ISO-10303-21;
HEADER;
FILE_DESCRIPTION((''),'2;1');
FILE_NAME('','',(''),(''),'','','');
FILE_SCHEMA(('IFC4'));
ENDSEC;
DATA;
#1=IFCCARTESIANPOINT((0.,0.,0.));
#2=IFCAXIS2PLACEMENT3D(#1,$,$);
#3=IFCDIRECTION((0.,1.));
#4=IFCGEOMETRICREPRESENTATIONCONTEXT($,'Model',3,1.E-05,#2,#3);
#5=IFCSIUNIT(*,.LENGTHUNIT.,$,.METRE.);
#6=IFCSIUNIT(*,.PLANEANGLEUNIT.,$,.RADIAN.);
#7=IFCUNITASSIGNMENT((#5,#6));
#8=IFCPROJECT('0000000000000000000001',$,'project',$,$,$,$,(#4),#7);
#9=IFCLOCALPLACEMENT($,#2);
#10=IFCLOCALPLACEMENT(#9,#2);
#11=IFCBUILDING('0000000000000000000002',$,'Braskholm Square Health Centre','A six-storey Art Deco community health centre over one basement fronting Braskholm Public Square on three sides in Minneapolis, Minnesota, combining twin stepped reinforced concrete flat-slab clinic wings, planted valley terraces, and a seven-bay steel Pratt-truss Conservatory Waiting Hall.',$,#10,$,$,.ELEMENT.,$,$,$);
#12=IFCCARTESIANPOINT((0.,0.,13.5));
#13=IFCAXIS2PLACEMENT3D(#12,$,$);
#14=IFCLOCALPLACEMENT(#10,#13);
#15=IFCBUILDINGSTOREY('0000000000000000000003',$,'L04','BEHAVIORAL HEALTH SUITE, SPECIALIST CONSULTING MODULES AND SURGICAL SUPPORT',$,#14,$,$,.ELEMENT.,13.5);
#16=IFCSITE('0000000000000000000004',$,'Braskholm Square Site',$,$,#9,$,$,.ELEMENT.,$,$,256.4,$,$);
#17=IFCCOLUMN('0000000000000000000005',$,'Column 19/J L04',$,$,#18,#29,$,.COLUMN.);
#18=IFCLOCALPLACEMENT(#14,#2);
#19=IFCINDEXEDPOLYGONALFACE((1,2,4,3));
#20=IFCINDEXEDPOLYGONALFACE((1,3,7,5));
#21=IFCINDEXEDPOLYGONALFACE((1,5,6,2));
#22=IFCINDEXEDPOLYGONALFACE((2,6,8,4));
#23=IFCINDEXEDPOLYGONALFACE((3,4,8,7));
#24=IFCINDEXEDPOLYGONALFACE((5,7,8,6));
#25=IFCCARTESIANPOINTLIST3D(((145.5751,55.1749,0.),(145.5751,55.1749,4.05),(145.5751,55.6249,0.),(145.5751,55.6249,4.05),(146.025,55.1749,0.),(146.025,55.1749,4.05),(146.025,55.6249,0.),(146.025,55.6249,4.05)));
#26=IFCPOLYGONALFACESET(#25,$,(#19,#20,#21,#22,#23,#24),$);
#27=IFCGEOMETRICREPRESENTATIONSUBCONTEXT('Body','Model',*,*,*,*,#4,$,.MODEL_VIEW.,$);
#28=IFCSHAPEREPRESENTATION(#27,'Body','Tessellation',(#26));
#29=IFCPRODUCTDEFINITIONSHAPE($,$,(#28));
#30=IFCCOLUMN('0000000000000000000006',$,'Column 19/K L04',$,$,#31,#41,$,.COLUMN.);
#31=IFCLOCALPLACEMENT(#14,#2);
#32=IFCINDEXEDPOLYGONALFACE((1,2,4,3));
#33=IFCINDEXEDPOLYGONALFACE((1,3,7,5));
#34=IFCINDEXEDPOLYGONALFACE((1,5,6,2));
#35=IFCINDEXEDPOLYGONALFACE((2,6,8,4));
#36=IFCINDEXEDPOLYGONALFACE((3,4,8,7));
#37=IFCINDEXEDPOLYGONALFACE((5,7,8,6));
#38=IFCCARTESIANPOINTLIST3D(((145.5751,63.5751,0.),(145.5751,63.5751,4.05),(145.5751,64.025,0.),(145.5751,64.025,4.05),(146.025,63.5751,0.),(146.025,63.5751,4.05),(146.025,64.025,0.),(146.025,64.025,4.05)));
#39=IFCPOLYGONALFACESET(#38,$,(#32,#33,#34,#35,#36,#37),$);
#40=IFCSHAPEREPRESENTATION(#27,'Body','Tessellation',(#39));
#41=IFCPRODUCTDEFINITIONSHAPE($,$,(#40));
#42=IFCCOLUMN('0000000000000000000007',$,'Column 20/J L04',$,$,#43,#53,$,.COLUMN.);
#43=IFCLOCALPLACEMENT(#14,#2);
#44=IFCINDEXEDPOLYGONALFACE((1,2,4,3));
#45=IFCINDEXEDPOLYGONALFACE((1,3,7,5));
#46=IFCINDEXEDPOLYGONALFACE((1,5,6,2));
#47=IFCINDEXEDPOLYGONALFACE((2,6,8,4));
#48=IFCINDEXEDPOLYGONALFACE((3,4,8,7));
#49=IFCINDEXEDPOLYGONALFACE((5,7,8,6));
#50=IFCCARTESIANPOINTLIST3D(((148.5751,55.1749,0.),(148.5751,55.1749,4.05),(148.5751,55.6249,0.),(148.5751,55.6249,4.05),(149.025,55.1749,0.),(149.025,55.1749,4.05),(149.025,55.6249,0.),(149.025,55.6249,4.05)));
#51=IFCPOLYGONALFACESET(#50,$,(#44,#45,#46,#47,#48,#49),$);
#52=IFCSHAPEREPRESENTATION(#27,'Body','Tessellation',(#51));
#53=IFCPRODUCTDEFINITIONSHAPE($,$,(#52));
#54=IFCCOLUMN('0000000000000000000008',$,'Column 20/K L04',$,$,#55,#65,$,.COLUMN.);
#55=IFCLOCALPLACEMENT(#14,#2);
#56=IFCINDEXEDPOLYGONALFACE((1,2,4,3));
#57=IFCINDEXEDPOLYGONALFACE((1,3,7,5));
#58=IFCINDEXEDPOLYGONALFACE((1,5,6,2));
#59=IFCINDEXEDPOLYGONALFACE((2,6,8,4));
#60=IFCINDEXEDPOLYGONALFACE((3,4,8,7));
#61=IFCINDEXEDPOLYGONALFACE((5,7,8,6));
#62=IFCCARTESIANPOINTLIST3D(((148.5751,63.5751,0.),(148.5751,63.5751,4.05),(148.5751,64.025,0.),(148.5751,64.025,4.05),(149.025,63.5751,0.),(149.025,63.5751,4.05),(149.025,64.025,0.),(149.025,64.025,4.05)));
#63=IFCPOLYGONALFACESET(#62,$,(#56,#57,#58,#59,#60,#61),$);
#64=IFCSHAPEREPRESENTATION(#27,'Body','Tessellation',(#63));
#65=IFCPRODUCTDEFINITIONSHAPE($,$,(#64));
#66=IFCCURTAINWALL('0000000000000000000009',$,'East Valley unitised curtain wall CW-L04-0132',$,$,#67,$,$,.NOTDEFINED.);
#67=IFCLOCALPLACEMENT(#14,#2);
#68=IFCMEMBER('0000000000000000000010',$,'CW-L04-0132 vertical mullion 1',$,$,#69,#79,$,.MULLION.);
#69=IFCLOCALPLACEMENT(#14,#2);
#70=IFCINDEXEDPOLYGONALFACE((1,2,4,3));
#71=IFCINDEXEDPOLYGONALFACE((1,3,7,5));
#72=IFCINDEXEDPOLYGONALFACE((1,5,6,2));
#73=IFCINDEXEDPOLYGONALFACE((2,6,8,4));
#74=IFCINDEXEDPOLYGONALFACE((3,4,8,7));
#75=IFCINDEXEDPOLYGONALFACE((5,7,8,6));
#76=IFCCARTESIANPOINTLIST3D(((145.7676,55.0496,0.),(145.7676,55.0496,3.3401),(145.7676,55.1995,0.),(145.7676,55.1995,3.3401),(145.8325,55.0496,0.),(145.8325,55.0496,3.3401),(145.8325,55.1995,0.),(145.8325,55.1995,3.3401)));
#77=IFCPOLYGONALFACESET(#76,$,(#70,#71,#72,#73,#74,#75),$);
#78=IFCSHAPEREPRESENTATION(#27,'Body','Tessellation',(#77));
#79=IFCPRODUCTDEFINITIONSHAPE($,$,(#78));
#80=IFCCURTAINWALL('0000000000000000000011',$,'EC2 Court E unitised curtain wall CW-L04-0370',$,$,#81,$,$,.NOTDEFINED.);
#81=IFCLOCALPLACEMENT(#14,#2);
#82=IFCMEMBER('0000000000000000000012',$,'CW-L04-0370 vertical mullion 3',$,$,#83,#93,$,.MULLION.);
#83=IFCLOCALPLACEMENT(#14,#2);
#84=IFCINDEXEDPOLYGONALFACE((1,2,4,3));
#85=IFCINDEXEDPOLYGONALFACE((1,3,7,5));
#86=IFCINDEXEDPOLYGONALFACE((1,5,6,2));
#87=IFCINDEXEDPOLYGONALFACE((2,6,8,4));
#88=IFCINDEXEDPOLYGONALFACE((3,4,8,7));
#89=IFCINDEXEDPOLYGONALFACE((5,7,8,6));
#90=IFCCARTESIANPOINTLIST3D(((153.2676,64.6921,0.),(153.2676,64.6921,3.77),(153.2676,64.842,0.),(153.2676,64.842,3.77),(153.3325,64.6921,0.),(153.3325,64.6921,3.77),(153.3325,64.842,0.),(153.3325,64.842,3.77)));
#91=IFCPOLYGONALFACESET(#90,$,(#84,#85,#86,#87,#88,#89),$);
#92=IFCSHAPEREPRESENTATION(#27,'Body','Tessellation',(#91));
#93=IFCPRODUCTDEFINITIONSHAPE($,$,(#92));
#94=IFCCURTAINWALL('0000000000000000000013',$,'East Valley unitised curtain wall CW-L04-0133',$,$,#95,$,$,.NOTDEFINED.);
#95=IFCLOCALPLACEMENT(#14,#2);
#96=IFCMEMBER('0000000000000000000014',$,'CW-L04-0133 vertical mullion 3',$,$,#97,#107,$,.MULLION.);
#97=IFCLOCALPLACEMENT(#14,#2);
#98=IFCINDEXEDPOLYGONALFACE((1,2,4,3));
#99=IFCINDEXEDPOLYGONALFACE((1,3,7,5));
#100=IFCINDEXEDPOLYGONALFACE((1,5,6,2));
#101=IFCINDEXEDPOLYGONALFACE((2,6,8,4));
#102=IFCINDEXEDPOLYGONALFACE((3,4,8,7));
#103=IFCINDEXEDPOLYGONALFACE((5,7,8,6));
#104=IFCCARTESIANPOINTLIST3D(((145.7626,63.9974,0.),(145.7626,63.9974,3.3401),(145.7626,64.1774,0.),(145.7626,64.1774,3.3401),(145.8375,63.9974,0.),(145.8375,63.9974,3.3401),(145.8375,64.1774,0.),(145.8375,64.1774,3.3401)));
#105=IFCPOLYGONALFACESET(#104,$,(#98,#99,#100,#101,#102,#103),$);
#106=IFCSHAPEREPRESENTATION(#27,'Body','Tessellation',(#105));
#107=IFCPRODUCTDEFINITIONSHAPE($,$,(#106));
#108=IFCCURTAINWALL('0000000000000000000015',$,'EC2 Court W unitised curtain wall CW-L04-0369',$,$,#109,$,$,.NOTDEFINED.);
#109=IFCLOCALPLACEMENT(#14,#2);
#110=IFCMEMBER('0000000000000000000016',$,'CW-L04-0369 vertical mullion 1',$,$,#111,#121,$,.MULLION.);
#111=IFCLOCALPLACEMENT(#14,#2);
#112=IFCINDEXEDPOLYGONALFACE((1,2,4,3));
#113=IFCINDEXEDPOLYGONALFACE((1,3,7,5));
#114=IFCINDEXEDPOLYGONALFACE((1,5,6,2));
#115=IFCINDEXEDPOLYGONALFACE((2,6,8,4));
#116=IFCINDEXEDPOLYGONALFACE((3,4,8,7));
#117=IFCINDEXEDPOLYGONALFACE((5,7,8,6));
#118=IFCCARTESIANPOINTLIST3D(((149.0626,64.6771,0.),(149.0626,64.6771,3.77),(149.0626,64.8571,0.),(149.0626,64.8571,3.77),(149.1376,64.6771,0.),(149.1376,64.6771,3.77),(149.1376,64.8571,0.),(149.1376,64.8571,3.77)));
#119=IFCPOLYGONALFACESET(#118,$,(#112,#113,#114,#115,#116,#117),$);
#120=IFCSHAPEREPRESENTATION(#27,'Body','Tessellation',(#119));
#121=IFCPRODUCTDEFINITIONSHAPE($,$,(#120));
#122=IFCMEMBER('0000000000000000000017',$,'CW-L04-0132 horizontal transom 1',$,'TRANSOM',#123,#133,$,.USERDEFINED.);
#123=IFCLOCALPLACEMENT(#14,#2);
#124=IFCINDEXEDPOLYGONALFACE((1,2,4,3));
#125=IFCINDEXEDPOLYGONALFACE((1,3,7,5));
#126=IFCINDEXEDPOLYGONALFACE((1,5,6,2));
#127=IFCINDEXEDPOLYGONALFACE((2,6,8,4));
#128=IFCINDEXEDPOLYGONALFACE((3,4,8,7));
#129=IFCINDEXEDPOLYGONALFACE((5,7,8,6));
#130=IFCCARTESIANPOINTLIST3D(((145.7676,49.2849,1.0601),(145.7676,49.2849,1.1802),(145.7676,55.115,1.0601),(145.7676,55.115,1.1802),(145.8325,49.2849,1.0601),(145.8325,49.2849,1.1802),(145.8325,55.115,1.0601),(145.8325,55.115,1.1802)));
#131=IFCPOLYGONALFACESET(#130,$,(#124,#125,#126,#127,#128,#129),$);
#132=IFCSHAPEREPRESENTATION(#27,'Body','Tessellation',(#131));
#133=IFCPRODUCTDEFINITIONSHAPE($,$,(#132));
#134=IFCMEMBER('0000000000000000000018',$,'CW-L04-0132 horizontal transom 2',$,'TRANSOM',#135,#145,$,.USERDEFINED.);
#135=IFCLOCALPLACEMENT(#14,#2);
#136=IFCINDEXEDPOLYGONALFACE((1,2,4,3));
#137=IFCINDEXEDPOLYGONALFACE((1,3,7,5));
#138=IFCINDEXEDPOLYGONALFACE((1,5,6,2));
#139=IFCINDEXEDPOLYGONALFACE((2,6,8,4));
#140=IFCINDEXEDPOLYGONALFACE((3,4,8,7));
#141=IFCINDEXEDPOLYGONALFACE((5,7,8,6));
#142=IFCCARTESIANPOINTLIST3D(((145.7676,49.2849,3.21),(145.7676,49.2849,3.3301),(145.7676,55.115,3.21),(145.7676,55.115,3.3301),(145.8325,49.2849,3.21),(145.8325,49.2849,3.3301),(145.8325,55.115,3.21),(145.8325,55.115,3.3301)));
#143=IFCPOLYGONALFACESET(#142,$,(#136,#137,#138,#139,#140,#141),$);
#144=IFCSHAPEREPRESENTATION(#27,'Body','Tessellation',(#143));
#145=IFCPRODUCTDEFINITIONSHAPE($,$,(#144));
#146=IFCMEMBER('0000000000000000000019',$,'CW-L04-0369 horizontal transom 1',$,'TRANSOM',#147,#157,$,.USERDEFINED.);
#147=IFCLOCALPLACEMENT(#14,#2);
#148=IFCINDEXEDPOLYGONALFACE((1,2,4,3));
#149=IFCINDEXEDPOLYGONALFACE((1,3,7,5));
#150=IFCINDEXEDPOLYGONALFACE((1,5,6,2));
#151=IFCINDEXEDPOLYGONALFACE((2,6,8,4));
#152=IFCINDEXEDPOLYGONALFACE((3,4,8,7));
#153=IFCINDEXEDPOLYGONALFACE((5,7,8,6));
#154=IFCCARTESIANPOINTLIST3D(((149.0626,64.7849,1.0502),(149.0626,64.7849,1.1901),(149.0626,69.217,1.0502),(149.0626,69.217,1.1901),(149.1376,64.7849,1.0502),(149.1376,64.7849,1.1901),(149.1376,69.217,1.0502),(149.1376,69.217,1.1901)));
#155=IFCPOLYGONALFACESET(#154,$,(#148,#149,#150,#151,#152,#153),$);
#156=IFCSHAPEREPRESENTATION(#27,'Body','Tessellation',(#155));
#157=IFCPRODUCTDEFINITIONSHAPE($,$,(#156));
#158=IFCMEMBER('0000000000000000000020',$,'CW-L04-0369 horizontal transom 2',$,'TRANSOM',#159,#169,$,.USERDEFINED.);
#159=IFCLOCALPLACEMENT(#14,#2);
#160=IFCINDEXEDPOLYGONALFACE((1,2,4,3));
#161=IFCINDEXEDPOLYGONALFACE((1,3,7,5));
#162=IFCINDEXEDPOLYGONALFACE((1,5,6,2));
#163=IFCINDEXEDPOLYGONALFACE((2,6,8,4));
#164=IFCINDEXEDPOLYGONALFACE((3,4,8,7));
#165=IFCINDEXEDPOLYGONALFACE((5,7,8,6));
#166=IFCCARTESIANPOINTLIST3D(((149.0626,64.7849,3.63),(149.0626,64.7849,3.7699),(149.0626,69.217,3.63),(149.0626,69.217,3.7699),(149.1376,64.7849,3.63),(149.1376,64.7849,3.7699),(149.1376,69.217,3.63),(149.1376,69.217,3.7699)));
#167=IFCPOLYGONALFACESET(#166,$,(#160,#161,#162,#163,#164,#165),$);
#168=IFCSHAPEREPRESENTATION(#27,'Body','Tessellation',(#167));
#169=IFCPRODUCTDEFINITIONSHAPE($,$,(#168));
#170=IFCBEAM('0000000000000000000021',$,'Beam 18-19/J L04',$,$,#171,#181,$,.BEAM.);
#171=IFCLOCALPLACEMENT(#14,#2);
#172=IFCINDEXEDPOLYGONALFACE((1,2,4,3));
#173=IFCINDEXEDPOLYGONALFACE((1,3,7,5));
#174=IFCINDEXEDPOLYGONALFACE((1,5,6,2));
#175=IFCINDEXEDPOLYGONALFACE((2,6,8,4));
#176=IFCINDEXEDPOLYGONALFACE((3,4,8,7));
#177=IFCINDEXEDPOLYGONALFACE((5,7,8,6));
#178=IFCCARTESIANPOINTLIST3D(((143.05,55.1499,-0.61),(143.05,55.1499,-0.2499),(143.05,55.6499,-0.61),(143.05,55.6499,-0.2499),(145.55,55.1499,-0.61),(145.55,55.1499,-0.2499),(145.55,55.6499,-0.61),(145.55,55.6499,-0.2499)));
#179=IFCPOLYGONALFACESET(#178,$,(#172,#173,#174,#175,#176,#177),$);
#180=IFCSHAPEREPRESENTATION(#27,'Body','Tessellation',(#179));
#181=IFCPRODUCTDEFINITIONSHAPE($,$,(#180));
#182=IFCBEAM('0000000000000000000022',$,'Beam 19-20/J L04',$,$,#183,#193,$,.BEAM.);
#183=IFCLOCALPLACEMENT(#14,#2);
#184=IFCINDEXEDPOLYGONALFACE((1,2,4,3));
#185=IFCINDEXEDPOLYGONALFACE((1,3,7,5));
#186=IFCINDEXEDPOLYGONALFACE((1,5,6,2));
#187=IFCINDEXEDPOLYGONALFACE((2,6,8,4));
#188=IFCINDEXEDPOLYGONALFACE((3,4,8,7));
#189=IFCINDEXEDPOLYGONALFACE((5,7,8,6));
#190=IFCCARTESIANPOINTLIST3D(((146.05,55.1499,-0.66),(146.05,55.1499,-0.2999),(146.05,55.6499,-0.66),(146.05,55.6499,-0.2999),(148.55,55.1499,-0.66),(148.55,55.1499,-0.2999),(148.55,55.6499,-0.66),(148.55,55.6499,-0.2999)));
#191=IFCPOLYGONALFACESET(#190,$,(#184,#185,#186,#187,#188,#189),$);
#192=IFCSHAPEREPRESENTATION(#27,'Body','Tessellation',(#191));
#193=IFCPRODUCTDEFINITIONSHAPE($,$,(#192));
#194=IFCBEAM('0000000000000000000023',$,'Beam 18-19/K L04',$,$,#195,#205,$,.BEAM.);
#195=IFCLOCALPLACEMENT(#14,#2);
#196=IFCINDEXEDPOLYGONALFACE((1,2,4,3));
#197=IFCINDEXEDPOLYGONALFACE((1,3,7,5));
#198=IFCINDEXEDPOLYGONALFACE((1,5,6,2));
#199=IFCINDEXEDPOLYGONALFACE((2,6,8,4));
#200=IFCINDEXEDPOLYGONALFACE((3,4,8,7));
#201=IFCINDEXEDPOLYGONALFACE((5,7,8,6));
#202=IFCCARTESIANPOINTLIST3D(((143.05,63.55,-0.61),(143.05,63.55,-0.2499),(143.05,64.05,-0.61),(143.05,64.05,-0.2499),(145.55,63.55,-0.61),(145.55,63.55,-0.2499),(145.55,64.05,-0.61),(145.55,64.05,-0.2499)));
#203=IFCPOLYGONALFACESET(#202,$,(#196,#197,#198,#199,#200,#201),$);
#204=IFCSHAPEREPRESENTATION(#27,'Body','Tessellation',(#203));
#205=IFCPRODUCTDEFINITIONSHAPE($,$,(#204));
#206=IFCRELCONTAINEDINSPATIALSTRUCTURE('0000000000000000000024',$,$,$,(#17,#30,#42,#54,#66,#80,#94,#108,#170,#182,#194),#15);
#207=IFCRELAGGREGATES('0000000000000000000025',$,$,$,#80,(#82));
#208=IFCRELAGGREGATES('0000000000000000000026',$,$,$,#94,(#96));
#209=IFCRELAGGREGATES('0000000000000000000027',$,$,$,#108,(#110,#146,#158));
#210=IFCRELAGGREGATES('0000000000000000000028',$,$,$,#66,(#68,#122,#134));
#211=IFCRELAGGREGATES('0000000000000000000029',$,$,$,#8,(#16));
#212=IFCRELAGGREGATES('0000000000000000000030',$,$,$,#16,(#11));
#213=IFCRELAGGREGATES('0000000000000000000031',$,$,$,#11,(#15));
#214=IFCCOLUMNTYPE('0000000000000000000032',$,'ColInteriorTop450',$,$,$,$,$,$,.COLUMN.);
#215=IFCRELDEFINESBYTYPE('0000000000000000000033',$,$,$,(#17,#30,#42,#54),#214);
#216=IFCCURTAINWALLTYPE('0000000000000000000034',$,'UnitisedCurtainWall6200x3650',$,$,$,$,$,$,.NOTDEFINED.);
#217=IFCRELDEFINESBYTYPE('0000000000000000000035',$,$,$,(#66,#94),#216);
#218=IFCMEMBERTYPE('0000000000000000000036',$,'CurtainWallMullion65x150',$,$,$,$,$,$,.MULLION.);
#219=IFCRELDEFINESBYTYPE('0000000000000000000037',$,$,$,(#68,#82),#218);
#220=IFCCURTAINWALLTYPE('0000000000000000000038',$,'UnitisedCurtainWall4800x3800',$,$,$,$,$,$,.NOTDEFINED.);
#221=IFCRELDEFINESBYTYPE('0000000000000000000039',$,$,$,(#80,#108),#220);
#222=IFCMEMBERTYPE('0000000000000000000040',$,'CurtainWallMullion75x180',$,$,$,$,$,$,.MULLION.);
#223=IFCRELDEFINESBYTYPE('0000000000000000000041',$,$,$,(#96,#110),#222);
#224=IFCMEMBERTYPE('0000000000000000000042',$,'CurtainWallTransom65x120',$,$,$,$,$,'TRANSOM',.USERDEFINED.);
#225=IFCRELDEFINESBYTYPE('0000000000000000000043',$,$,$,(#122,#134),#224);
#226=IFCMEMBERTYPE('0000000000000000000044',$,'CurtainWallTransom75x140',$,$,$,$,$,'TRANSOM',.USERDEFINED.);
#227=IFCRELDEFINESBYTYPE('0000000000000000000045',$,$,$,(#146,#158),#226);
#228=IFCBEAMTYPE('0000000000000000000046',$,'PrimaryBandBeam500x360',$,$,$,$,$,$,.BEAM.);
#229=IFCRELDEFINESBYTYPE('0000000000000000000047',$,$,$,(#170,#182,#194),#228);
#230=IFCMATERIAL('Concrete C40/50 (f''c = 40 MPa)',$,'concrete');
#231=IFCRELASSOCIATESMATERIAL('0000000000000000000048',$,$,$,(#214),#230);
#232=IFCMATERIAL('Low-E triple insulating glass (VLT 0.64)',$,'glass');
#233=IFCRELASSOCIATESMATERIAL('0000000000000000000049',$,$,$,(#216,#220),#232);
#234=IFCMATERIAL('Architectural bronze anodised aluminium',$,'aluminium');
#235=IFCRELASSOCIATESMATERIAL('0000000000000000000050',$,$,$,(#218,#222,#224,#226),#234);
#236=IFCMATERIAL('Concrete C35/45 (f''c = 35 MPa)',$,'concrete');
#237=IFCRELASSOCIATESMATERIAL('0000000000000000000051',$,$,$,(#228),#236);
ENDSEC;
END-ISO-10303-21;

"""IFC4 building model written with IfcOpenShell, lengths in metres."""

from ifc_helpers import new_model, si_unit, direction, frame, origin, origin_2d, place, context, subcontext, project, spatial, rectangle, extrude, material, material_profile, profile_set, type_object, element, aggregate, save


model = new_model("IFC4")

# Units and contexts
model_context = context("Model", 3, precision=1e-05, world=origin(), true_north=direction((0.0, 1.0)))
body_context = subcontext(model_context, "Body", "Model", "MODEL_VIEW")
ifc_project = project(units=[si_unit("LENGTHUNIT", "METRE"), si_unit("PLANEANGLEUNIT", "RADIAN")], contexts=[model_context])

# Site, building, storey
site_placement = place(None, origin())
site = spatial("IfcSite", under=ifc_project, at=site_placement, Name="Braskholm Square Site", CompositionType="ELEMENT", RefElevation=256.4)
building_placement = place(site_placement, origin())
building = spatial("IfcBuilding", under=site, at=building_placement, Name="Braskholm Square Health Centre", Description="A six-storey Art Deco community health centre over one basement fronting Braskholm Public Square on three sides in Minneapolis, Minnesota, combining twin stepped reinforced concrete flat-slab clinic wings, planted valley terraces, and a seven-bay steel Pratt-truss Conservatory Waiting Hall.", CompositionType="ELEMENT")
storey_placement = place(building_placement, frame((0.0, 0.0, 13.5)))
storey = spatial("IfcBuildingStorey", under=building, at=storey_placement, Name="L04", Description="BEHAVIORAL HEALTH SUITE, SPECIALIST CONSULTING MODULES AND SURGICAL SUPPORT", CompositionType="ELEMENT", Elevation=13.5)

# Columns
ifc_material_1 = material(Name="Concrete C40/50 (f'c = 40 MPa)", Category="concrete")
ifc_material_profile_1 = material_profile(ifc_material_1, rectangle(XDim=0.45, YDim=0.45, at=origin_2d()), Name="RC-450X450")
ifc_profile_set_1 = profile_set([ifc_material_profile_1], Name="Concrete C40/50 (f'c = 40 MPa)")
column_type = type_object("IfcColumnType", Name="ColInteriorTop450", PredefinedType="COLUMN", material=ifc_profile_set_1)
for number, where, z_axis, x_axis, name in (
    (1, (145.8, 55.3999, 0.0), (0.0, 0.0, 1.0), (1.0, 0.0, 0.0), "Column 19/J L04"),
    (2, (145.8, 63.8, 0.0), (0.0, 0.0, 1.0), (1.0, 0.0, 0.0), "Column 19/K L04"),
    (3, (148.8, 55.3999, 0.0), (0.0, 0.0, 1.0), (1.0, 0.0, 0.0), "Column 20/J L04"),
    (4, (148.8, 63.8, 0.0), (0.0, 0.0, 1.0), (1.0, 0.0, 0.0), "Column 20/K L04"),
):
    element("IfcColumn", number, at=place(storey_placement, frame(where, z_axis=z_axis, x_axis=x_axis)), inside=storey, type_object=column_type, Name=name, PredefinedType="COLUMN", context=body_context, shape_type="SweptSolid", body=[
        extrude(rectangle(XDim=0.45, YDim=0.45, at=origin_2d()), origin(), (0.0, 0.0, 1.0), 4.05),
    ])

# Curtain walls, members
ifc_material_2 = material(Name="Low-E triple insulating glass (VLT 0.64)", Category="glass")
curtain_wall_type_1 = type_object("IfcCurtainWallType", Name="UnitisedCurtainWall6200x3650", PredefinedType="NOTDEFINED", material=ifc_material_2)
curtain_wall_1_placement = place(storey_placement, origin())
curtain_wall_1 = element("IfcCurtainWall", 5, at=curtain_wall_1_placement, inside=storey, type_object=curtain_wall_type_1, Name="East Valley unitised curtain wall CW-L04-0132", PredefinedType="NOTDEFINED")
ifc_material_3 = material(Name="Architectural bronze anodised aluminium", Category="aluminium")
ifc_material_profile_2 = material_profile(ifc_material_3, rectangle(XDim=0.0649, YDim=0.1499, at=origin_2d()), Name="ALU-65X150")
ifc_profile_set_2 = profile_set([ifc_material_profile_2], Name="Architectural bronze anodised aluminium")
member_type_1 = type_object("IfcMemberType", Name="CurtainWallMullion65x150", PredefinedType="MULLION", material=ifc_profile_set_2)
member_1_placement = place(storey_placement, frame((145.8, 55.1245, 0.0), z_axis=(0.0, 0.0, 1.0), x_axis=(1.0, 0.0, 0.0)))
member_1 = element("IfcMember", 6, at=member_1_placement, type_object=member_type_1, Name="CW-L04-0132 vertical mullion 1", PredefinedType="MULLION", context=body_context, shape_type="SweptSolid", body=[
    extrude(rectangle(XDim=0.0649, YDim=0.1499, at=origin_2d()), origin(), (0.0, 0.0, 1.0), 3.3401),
])
curtain_wall_type_2 = type_object("IfcCurtainWallType", Name="UnitisedCurtainWall4800x3800", PredefinedType="NOTDEFINED", material=ifc_material_2)
curtain_wall_2_placement = place(storey_placement, origin())
curtain_wall_2 = element("IfcCurtainWall", 7, at=curtain_wall_2_placement, inside=storey, type_object=curtain_wall_type_2, Name="EC2 Court E unitised curtain wall CW-L04-0370", PredefinedType="NOTDEFINED")
member_2_placement = place(storey_placement, frame((153.3, 64.7671, 0.0), z_axis=(0.0, 0.0, 1.0), x_axis=(1.0, 0.0, 0.0)))
member_2 = element("IfcMember", 8, at=member_2_placement, type_object=member_type_1, Name="CW-L04-0370 vertical mullion 3", PredefinedType="MULLION", context=body_context, shape_type="SweptSolid", body=[
    extrude(rectangle(XDim=0.0649, YDim=0.1499, at=origin_2d()), origin(), (0.0, 0.0, 1.0), 3.77),
])
aggregate(curtain_wall_2, [member_2])
curtain_wall_3_placement = place(storey_placement, origin())
curtain_wall_3 = element("IfcCurtainWall", 9, at=curtain_wall_3_placement, inside=storey, type_object=curtain_wall_type_1, Name="East Valley unitised curtain wall CW-L04-0133", PredefinedType="NOTDEFINED")
ifc_material_profile_3 = material_profile(ifc_material_3, rectangle(XDim=0.075, YDim=0.1799, at=origin_2d()), Name="ALU-75X180")
ifc_profile_set_3 = profile_set([ifc_material_profile_3], Name="Architectural bronze anodised aluminium")
member_type_2 = type_object("IfcMemberType", Name="CurtainWallMullion75x180", PredefinedType="MULLION", material=ifc_profile_set_3)
member_3_placement = place(storey_placement, frame((145.8, 64.0874, 0.0), z_axis=(0.0, 0.0, 1.0), x_axis=(1.0, 0.0, 0.0)))
member_3 = element("IfcMember", 10, at=member_3_placement, type_object=member_type_2, Name="CW-L04-0133 vertical mullion 3", PredefinedType="MULLION", context=body_context, shape_type="SweptSolid", body=[
    extrude(rectangle(XDim=0.075, YDim=0.1799, at=origin_2d()), origin(), (0.0, 0.0, 1.0), 3.3401),
])
aggregate(curtain_wall_3, [member_3])
curtain_wall_4_placement = place(storey_placement, origin())
curtain_wall_4 = element("IfcCurtainWall", 11, at=curtain_wall_4_placement, inside=storey, type_object=curtain_wall_type_2, Name="EC2 Court W unitised curtain wall CW-L04-0369", PredefinedType="NOTDEFINED")
member_4_placement = place(storey_placement, frame((149.1001, 64.7671, 0.0), z_axis=(0.0, 0.0, 1.0), x_axis=(1.0, 0.0, 0.0)))
member_4 = element("IfcMember", 12, at=member_4_placement, type_object=member_type_2, Name="CW-L04-0369 vertical mullion 1", PredefinedType="MULLION", context=body_context, shape_type="SweptSolid", body=[
    extrude(rectangle(XDim=0.075, YDim=0.1799, at=origin_2d()), origin(), (0.0, 0.0, 1.0), 3.77),
])

# Members
ifc_material_profile_4 = material_profile(ifc_material_3, rectangle(XDim=0.0649, YDim=0.1201, at=origin_2d()), Name="ALU-65X120")
ifc_profile_set_4 = profile_set([ifc_material_profile_4], Name="Architectural bronze anodised aluminium")
member_type_3 = type_object("IfcMemberType", Name="CurtainWallTransom65x120", ElementType="TRANSOM", PredefinedType="USERDEFINED", material=ifc_profile_set_4)
member_5_placement = place(storey_placement, frame((145.8, 55.115, 1.1201), z_axis=(0.0, -1.0, 0.0), x_axis=(1.0, 0.0, 0.0)))
member_5 = element("IfcMember", 13, at=member_5_placement, type_object=member_type_3, Name="CW-L04-0132 horizontal transom 1", ObjectType="TRANSOM", PredefinedType="USERDEFINED", context=body_context, shape_type="SweptSolid", body=[
    extrude(rectangle(XDim=0.0649, YDim=0.1201, at=origin_2d()), origin(), (0.0, 0.0, 1.0), 5.8301),
])
member_6_placement = place(storey_placement, frame((145.8, 55.115, 3.27), z_axis=(0.0, -1.0, 0.0), x_axis=(1.0, 0.0, 0.0)))
member_6 = element("IfcMember", 14, at=member_6_placement, type_object=member_type_3, Name="CW-L04-0132 horizontal transom 2", ObjectType="TRANSOM", PredefinedType="USERDEFINED", context=body_context, shape_type="SweptSolid", body=[
    extrude(rectangle(XDim=0.0649, YDim=0.1201, at=origin_2d()), origin(), (0.0, 0.0, 1.0), 5.8301),
])
ifc_material_profile_5 = material_profile(ifc_material_3, rectangle(XDim=0.075, YDim=0.1399, at=origin_2d()), Name="ALU-75X140")
ifc_profile_set_5 = profile_set([ifc_material_profile_5], Name="Architectural bronze anodised aluminium")
member_type_4 = type_object("IfcMemberType", Name="CurtainWallTransom75x140", ElementType="TRANSOM", PredefinedType="USERDEFINED", material=ifc_profile_set_5)
member_7_placement = place(storey_placement, frame((149.1001, 64.7849, 1.1201), z_axis=(0.0, 1.0, 0.0), x_axis=(-1.0, 0.0, 0.0)))
member_7 = element("IfcMember", 15, at=member_7_placement, type_object=member_type_4, Name="CW-L04-0369 horizontal transom 1", ObjectType="TRANSOM", PredefinedType="USERDEFINED", context=body_context, shape_type="SweptSolid", body=[
    extrude(rectangle(XDim=0.075, YDim=0.1399, at=origin_2d()), origin(), (0.0, 0.0, 1.0), 4.4321),
])
member_8_placement = place(storey_placement, frame((149.1001, 64.7849, 3.7), z_axis=(0.0, 1.0, 0.0), x_axis=(-1.0, 0.0, 0.0)))
member_8 = element("IfcMember", 16, at=member_8_placement, type_object=member_type_4, Name="CW-L04-0369 horizontal transom 2", ObjectType="TRANSOM", PredefinedType="USERDEFINED", context=body_context, shape_type="SweptSolid", body=[
    extrude(rectangle(XDim=0.075, YDim=0.1399, at=origin_2d()), origin(), (0.0, 0.0, 1.0), 4.4321),
])
aggregate(curtain_wall_4, [member_4, member_7, member_8])

# Beams
ifc_material_4 = material(Name="Concrete C35/45 (f'c = 35 MPa)", Category="concrete")
ifc_material_profile_6 = material_profile(ifc_material_4, rectangle(XDim=0.5, YDim=0.3601, at=origin_2d()), Name="RCB-500X360")
ifc_profile_set_6 = profile_set([ifc_material_profile_6], Name="Concrete C35/45 (f'c = 35 MPa)")
beam_type_1 = type_object("IfcBeamType", Name="PrimaryBandBeam500x360", PredefinedType="BEAM", material=ifc_profile_set_6)
for number, where, z_axis, x_axis, name in (
    (17, (143.05, 55.3999, -0.4299), (1.0, 0.0, 0.0), (0.0, 1.0, 0.0), "Beam 18-19/J L04"),
    (18, (146.05, 55.3999, -0.48), (1.0, 0.0, 0.0), (0.0, 1.0, 0.0), "Beam 19-20/J L04"),
    (19, (143.05, 63.8, -0.4299), (1.0, 0.0, 0.0), (0.0, 1.0, 0.0), "Beam 18-19/K L04"),
):
    element("IfcBeam", number, at=place(storey_placement, frame(where, z_axis=z_axis, x_axis=x_axis)), inside=storey, type_object=beam_type_1, Name=name, PredefinedType="BEAM", context=body_context, shape_type="SweptSolid", body=[
        extrude(rectangle(XDim=0.5, YDim=0.3601, at=origin_2d()), origin(), (0.0, 0.0, 1.0), 2.5),
    ])

aggregate(curtain_wall_1, [member_1, member_5, member_6])

save(model, "model.ifc")
